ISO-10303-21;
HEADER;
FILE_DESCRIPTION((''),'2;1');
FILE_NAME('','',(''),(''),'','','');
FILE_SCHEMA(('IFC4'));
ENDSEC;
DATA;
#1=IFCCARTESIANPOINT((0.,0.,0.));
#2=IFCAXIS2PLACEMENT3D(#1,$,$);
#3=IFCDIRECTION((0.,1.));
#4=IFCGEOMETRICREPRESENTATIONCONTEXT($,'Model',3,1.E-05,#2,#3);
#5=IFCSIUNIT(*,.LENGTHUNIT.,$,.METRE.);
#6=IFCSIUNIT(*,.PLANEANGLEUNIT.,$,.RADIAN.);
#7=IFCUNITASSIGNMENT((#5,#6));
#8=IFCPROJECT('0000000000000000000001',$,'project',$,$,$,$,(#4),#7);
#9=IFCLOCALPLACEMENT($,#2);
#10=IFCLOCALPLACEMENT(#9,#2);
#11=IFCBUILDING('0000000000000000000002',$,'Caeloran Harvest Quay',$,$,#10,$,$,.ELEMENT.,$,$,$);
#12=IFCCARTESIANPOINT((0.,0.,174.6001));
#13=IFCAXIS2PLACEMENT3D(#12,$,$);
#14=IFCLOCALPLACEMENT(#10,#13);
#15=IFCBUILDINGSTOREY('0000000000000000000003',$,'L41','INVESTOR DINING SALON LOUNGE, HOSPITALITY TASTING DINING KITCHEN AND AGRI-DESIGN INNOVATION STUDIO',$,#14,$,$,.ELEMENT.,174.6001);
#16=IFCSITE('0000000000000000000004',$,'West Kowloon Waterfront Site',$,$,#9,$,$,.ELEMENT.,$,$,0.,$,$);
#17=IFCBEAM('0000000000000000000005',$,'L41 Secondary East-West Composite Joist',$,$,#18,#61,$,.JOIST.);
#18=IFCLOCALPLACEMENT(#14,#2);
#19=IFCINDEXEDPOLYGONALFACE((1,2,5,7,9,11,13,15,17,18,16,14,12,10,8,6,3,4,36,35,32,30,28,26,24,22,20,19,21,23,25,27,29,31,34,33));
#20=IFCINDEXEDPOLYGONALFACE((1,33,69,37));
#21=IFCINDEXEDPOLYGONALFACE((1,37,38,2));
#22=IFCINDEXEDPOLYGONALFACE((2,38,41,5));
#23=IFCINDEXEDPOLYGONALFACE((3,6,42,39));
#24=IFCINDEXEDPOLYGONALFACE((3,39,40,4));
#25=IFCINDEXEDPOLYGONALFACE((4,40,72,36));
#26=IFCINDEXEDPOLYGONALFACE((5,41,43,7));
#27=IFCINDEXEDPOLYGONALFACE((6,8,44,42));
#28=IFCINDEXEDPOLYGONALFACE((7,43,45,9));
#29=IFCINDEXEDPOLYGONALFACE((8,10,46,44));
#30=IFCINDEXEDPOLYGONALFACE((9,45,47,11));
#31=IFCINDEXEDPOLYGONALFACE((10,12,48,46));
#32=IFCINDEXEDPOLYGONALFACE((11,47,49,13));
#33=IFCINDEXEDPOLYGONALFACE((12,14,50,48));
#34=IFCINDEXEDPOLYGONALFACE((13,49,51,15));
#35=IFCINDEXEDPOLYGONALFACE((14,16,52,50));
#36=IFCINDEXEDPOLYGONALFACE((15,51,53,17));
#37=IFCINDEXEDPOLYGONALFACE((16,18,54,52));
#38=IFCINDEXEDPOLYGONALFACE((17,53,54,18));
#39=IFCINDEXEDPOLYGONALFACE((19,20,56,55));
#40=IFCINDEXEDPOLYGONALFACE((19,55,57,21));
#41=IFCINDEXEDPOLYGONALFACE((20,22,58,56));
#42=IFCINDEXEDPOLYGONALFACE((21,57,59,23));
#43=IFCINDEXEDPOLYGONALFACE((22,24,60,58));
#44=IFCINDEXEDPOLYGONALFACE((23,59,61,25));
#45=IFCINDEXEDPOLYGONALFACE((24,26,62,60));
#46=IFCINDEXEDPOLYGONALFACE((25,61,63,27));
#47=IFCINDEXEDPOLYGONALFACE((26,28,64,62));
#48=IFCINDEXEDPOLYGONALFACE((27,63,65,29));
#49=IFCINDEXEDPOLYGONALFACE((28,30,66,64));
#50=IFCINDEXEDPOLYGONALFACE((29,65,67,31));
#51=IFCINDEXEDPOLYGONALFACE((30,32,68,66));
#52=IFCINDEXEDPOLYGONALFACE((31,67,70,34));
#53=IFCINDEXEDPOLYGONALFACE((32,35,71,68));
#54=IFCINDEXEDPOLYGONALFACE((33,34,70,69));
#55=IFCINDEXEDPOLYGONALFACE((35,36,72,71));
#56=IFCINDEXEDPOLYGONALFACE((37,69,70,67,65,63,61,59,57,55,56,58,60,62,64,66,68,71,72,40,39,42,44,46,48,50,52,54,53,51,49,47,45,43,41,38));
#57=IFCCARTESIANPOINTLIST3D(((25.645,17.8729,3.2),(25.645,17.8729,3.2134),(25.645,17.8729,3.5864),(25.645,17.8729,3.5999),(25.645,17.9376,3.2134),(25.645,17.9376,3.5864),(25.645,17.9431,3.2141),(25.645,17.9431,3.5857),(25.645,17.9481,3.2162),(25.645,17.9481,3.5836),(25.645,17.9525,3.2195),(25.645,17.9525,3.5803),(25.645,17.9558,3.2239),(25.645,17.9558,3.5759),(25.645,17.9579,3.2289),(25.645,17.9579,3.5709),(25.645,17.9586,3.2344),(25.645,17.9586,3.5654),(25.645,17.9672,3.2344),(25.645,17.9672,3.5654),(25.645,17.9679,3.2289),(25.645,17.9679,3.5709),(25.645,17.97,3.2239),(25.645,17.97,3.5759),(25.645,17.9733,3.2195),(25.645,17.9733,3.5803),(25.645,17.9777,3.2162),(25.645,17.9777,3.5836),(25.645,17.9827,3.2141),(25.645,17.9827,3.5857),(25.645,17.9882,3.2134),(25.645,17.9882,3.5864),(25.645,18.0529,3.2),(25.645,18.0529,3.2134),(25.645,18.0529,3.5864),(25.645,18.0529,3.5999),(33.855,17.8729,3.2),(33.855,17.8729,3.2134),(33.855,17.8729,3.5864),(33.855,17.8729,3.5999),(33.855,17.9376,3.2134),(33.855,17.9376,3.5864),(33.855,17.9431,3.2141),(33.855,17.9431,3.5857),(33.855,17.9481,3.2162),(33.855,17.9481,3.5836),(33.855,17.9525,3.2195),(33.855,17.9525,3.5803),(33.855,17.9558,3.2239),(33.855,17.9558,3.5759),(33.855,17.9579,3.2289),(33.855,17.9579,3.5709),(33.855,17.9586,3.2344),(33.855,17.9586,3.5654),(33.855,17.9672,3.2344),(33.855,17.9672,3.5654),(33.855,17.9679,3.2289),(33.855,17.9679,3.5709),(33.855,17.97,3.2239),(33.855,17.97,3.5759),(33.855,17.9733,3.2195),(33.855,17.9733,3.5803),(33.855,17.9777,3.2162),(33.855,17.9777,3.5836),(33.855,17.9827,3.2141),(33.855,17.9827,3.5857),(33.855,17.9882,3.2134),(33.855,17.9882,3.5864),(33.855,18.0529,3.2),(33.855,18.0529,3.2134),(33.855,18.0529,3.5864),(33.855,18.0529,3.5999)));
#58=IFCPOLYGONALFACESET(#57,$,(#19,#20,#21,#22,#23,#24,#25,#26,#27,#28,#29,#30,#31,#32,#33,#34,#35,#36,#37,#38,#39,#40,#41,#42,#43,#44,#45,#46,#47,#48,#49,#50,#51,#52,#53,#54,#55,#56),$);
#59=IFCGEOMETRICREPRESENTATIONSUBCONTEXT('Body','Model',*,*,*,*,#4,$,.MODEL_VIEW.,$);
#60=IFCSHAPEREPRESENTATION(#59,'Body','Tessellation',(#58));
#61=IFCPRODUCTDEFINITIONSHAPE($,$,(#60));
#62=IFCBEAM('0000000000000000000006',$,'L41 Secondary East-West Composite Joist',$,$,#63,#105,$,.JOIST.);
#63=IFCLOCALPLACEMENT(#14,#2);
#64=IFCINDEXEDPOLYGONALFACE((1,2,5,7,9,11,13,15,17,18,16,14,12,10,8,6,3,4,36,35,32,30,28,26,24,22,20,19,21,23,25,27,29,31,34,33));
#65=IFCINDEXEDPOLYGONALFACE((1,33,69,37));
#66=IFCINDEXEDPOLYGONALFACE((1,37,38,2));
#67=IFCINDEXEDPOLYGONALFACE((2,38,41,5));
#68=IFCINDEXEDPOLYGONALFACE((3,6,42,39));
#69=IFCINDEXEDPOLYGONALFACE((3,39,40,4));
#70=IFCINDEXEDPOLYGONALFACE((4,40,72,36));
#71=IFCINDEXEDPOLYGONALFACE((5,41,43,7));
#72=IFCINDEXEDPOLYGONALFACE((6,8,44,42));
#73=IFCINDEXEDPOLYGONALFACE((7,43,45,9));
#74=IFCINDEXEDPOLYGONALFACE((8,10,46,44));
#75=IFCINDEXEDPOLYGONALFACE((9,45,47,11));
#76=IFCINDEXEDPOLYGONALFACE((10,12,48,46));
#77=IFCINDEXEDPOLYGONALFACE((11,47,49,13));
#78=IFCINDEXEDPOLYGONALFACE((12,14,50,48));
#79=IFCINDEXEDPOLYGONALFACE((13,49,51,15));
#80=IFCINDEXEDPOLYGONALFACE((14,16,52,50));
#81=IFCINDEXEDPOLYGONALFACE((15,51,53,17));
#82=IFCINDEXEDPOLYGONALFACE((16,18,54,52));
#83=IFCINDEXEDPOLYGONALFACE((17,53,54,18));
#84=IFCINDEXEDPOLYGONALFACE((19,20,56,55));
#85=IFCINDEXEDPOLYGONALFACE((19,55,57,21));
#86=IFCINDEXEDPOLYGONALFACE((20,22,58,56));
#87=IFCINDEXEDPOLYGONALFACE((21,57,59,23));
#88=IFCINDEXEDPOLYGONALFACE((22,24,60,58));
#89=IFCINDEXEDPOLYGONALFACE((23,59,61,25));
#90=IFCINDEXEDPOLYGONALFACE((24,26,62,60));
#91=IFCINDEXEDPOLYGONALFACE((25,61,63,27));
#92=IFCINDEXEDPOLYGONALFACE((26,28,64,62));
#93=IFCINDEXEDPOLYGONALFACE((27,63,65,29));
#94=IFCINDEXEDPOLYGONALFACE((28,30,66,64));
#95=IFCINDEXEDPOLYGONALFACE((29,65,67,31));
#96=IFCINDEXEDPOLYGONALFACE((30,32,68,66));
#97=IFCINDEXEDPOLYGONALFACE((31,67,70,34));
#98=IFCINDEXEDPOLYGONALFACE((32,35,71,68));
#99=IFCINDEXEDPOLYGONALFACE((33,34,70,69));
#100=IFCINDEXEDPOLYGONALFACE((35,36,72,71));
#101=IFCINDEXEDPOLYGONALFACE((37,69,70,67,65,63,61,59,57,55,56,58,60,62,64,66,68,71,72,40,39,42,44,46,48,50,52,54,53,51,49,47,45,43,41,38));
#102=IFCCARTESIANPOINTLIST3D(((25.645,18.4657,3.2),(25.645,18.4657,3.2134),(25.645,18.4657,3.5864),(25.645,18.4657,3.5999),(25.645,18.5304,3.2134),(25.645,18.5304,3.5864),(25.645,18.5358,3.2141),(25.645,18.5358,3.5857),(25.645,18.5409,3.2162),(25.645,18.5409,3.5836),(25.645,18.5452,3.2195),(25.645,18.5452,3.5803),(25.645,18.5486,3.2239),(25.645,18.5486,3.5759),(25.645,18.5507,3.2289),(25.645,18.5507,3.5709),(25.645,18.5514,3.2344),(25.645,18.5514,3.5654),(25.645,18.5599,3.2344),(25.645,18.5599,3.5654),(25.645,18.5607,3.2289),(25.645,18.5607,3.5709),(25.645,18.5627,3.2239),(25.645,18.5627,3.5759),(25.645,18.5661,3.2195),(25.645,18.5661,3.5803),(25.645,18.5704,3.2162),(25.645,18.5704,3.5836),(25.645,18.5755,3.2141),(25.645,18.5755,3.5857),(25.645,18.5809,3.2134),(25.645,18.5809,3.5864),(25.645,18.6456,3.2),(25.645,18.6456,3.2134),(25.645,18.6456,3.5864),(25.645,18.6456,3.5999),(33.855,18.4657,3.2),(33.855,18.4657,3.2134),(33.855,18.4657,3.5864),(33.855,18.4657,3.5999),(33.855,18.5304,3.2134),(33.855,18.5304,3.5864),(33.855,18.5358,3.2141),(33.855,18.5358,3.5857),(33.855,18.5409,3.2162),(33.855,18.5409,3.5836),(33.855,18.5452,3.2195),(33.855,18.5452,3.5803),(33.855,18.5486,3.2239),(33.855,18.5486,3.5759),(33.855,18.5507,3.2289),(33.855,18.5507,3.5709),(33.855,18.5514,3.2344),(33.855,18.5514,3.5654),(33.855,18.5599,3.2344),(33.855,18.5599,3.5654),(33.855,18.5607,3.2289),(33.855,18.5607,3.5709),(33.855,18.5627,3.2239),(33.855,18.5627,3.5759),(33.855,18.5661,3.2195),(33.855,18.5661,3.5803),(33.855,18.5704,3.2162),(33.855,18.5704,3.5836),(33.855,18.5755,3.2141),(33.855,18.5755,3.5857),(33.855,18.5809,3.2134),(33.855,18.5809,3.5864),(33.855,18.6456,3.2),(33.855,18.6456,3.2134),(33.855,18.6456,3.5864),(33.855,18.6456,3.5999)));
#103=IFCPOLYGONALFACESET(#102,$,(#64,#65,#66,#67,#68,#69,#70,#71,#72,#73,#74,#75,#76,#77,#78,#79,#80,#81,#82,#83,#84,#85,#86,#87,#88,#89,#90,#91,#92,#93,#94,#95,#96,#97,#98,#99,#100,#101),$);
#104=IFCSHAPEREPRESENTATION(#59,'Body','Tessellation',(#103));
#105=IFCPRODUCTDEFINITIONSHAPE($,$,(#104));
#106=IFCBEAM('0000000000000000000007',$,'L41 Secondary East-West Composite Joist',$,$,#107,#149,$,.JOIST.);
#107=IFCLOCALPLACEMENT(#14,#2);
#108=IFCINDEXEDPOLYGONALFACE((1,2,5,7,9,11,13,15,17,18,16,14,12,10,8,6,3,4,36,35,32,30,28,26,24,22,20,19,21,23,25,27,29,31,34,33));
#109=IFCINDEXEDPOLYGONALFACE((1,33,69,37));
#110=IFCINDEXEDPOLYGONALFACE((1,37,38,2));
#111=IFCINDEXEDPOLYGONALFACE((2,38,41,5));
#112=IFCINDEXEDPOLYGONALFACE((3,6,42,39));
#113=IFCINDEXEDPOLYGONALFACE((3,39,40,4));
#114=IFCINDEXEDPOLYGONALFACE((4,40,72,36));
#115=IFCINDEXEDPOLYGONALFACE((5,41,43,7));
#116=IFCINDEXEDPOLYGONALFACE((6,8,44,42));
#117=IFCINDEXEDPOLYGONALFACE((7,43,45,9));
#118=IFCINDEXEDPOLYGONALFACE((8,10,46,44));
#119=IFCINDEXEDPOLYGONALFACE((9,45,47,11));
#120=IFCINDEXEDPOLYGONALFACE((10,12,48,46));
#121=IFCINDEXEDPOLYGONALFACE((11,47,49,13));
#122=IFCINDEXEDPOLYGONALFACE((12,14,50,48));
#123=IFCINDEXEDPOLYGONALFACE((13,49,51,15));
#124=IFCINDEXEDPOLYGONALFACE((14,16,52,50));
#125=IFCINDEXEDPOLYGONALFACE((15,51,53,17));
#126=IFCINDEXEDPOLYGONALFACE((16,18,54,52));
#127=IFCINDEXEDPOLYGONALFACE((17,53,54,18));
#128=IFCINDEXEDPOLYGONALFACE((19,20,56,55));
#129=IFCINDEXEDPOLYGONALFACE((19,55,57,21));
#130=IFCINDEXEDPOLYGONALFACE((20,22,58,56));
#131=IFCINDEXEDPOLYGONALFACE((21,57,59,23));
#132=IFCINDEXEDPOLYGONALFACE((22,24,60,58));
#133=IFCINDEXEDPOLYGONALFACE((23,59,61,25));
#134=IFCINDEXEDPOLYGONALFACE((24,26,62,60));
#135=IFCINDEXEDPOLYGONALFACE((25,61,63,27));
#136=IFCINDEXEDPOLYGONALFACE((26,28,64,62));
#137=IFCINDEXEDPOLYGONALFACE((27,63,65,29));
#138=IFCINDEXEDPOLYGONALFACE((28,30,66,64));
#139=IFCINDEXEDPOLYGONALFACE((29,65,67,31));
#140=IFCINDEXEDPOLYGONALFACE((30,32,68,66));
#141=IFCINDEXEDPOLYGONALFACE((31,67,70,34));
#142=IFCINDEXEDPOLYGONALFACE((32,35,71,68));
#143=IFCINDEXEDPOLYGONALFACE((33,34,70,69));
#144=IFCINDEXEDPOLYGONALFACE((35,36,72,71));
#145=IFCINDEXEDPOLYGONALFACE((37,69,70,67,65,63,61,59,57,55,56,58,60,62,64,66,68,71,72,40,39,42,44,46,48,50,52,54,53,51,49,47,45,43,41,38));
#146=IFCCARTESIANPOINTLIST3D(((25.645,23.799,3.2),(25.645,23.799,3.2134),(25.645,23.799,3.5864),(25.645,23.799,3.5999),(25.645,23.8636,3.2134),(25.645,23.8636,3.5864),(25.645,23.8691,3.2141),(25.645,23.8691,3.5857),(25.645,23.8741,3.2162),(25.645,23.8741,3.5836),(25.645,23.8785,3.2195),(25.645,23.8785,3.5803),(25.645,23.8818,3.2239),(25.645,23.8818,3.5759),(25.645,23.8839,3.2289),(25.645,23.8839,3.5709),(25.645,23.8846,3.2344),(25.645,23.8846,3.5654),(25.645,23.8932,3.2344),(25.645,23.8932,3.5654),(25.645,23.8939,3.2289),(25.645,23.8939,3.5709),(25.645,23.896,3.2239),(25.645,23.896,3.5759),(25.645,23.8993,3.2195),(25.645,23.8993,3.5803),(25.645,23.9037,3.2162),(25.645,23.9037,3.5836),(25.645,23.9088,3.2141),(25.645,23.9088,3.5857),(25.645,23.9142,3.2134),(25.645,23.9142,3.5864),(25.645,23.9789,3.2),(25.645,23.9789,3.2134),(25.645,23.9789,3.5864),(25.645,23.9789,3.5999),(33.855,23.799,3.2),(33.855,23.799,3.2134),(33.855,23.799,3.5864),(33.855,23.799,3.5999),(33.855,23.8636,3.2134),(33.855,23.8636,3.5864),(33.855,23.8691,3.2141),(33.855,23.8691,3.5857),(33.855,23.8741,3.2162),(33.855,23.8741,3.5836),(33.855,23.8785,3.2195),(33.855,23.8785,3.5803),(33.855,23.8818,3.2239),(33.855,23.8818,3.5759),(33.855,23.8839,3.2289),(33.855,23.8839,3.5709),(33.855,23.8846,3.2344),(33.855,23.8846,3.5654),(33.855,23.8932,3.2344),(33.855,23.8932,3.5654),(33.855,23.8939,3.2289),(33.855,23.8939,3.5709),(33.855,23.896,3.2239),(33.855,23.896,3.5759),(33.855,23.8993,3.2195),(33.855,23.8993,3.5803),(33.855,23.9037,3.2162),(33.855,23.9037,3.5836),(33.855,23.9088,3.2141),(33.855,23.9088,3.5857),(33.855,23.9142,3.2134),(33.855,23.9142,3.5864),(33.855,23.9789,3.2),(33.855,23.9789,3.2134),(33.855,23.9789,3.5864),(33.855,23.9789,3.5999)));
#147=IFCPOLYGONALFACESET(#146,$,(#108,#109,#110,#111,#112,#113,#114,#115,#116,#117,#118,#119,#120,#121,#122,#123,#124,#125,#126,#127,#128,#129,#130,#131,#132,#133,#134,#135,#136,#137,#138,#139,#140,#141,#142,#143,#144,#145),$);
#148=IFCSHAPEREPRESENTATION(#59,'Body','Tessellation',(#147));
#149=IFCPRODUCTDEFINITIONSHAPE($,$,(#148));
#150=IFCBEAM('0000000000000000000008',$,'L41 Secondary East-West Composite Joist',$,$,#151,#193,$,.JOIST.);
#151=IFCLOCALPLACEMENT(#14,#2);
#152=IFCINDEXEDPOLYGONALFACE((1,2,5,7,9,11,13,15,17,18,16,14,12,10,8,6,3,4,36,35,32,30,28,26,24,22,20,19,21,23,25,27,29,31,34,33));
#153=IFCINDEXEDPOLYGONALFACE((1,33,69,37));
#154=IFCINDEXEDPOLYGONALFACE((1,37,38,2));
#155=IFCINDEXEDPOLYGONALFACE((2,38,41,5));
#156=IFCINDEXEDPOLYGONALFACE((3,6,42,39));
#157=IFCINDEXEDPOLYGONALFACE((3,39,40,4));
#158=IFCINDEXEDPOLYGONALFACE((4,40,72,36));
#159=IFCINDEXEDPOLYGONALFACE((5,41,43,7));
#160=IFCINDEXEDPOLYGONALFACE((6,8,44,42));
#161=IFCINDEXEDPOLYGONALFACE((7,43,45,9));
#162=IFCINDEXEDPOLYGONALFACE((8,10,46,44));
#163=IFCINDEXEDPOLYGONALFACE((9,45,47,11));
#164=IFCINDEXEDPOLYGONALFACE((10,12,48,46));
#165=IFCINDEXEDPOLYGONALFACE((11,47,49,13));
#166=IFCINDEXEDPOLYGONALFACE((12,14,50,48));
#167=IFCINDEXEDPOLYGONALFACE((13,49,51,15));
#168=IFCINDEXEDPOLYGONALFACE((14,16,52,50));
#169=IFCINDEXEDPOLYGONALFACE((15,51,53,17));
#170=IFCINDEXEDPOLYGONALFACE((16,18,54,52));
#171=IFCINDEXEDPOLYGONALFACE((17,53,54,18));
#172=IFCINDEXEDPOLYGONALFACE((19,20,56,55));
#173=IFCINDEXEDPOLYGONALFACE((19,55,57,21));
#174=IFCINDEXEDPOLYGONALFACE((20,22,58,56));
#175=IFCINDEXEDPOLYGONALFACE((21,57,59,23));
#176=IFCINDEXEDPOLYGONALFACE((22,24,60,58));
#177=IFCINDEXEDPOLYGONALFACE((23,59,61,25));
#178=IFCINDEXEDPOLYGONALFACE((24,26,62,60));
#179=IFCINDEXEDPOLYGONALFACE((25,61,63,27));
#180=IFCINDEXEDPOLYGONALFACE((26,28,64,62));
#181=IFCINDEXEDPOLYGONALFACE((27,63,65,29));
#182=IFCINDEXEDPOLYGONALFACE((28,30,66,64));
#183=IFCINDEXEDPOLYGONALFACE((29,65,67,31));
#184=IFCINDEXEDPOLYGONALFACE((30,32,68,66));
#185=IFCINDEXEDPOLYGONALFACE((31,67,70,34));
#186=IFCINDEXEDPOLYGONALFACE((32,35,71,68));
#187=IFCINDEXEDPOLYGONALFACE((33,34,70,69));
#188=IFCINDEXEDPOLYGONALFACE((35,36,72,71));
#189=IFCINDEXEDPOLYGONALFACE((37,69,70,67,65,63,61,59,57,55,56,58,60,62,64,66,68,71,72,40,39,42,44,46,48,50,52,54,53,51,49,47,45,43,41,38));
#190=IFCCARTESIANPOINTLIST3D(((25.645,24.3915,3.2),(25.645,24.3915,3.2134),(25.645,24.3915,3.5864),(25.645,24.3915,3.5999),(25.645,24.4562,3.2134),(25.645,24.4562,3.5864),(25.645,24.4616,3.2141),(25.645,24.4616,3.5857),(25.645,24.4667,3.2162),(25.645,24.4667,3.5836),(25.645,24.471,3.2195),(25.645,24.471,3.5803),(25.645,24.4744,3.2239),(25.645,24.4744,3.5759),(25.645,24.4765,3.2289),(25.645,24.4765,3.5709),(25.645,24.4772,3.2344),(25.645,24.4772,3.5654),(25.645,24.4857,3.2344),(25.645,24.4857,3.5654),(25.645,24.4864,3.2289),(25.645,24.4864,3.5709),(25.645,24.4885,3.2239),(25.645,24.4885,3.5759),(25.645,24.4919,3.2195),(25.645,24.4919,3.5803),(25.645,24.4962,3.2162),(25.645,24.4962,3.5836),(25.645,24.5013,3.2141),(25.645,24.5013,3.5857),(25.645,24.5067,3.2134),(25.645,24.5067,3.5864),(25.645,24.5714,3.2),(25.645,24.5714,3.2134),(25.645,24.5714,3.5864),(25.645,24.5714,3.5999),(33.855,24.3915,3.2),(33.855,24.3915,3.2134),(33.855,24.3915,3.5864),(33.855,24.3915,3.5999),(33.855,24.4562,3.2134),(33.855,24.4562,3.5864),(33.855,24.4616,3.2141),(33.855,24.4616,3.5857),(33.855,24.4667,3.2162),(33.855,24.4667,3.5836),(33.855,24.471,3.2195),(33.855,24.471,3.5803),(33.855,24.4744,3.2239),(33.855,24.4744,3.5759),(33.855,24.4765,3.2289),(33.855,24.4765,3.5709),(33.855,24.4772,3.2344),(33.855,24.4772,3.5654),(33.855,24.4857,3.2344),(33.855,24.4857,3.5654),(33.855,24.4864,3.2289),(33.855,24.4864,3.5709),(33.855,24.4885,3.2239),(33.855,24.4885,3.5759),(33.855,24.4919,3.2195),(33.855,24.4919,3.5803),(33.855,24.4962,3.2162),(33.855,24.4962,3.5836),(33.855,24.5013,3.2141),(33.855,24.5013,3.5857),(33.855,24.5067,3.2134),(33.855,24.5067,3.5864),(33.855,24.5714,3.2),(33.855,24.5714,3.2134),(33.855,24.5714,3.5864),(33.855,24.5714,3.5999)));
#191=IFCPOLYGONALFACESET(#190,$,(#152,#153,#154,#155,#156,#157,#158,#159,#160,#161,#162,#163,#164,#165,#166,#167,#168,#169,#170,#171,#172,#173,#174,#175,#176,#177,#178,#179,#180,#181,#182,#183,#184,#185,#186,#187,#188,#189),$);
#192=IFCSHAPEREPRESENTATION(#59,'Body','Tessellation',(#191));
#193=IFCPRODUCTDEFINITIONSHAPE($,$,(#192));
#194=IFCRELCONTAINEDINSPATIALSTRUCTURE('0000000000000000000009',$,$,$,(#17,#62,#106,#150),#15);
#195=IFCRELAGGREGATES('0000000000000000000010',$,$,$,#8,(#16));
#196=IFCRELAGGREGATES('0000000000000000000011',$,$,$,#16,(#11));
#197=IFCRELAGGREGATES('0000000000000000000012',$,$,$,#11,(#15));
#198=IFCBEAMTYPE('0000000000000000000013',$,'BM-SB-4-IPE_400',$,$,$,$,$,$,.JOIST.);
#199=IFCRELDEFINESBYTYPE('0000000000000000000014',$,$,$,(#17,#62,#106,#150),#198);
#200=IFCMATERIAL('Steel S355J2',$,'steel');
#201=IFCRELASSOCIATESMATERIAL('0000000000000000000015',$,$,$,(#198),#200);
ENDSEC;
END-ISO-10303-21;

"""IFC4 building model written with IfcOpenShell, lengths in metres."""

from ifc_helpers import new_model, si_unit, direction, frame, origin, origin_2d, place, context, subcontext, project, spatial, i_section, extrude, material, material_profile, profile_set, type_object, element, save


model = new_model("IFC4")

# Units and contexts
model_context = context("Model", 3, precision=1e-05, world=origin(), true_north=direction((0.0, 1.0)))
body_context = subcontext(model_context, "Body", "Model", "MODEL_VIEW")
ifc_project = project(units=[si_unit("LENGTHUNIT", "METRE"), si_unit("PLANEANGLEUNIT", "RADIAN")], contexts=[model_context])

# Site, building, storey
site_placement = place(None, origin())
site = spatial("IfcSite", under=ifc_project, at=site_placement, Name="West Kowloon Waterfront Site", CompositionType="ELEMENT", RefElevation=0.0)
building_placement = place(site_placement, origin())
building = spatial("IfcBuilding", under=site, at=building_placement, Name="Caeloran Harvest Quay", CompositionType="ELEMENT")
storey_placement = place(building_placement, frame((0.0, 0.0, 174.6001)))
storey = spatial("IfcBuildingStorey", under=building, at=storey_placement, Name="L41", Description="INVESTOR DINING SALON LOUNGE, HOSPITALITY TASTING DINING KITCHEN AND AGRI-DESIGN INNOVATION STUDIO", CompositionType="ELEMENT", Elevation=174.6001)

# Beams
ifc_material_1 = material(Name="Steel S355J2", Category="steel")
ifc_material_profile_1 = material_profile(ifc_material_1, i_section(OverallWidth=0.1799, OverallDepth=0.3999, WebThickness=0.0085, FlangeThickness=0.0134, FilletRadius=0.021, at=origin_2d()), Name="IPE 400")
ifc_profile_set_1 = profile_set([ifc_material_profile_1], Name="Steel S355J2")
beam_type_1 = type_object("IfcBeamType", Name="BM-SB-4-IPE_400", PredefinedType="JOIST", material=ifc_profile_set_1)
for number, where, z_axis, x_axis, name in (
    (1, (25.645, 17.9629, 3.3999), (1.0, 0.0, 0.0), (0.0, 1.0, 0.0), "L41 Secondary East-West Composite Joist"),
    (2, (25.645, 18.5557, 3.3999), (1.0, 0.0, 0.0), (0.0, 1.0, 0.0), "L41 Secondary East-West Composite Joist"),
    (3, (25.645, 23.8889, 3.3999), (1.0, 0.0, 0.0), (0.0, 1.0, 0.0), "L41 Secondary East-West Composite Joist"),
    (4, (25.645, 24.4814, 3.3999), (1.0, 0.0, 0.0), (0.0, 1.0, 0.0), "L41 Secondary East-West Composite Joist"),
):
    element("IfcBeam", number, at=place(storey_placement, frame(where, z_axis=z_axis, x_axis=x_axis)), inside=storey, type_object=beam_type_1, Name=name, PredefinedType="JOIST", context=body_context, shape_type="SweptSolid", body=[
        extrude(i_section(OverallWidth=0.1799, OverallDepth=0.3999, WebThickness=0.0085, FlangeThickness=0.0134, FilletRadius=0.021, at=origin_2d()), origin(), (0.0, 0.0, 1.0), 8.21),
    ])

save(model, "model.ifc")
